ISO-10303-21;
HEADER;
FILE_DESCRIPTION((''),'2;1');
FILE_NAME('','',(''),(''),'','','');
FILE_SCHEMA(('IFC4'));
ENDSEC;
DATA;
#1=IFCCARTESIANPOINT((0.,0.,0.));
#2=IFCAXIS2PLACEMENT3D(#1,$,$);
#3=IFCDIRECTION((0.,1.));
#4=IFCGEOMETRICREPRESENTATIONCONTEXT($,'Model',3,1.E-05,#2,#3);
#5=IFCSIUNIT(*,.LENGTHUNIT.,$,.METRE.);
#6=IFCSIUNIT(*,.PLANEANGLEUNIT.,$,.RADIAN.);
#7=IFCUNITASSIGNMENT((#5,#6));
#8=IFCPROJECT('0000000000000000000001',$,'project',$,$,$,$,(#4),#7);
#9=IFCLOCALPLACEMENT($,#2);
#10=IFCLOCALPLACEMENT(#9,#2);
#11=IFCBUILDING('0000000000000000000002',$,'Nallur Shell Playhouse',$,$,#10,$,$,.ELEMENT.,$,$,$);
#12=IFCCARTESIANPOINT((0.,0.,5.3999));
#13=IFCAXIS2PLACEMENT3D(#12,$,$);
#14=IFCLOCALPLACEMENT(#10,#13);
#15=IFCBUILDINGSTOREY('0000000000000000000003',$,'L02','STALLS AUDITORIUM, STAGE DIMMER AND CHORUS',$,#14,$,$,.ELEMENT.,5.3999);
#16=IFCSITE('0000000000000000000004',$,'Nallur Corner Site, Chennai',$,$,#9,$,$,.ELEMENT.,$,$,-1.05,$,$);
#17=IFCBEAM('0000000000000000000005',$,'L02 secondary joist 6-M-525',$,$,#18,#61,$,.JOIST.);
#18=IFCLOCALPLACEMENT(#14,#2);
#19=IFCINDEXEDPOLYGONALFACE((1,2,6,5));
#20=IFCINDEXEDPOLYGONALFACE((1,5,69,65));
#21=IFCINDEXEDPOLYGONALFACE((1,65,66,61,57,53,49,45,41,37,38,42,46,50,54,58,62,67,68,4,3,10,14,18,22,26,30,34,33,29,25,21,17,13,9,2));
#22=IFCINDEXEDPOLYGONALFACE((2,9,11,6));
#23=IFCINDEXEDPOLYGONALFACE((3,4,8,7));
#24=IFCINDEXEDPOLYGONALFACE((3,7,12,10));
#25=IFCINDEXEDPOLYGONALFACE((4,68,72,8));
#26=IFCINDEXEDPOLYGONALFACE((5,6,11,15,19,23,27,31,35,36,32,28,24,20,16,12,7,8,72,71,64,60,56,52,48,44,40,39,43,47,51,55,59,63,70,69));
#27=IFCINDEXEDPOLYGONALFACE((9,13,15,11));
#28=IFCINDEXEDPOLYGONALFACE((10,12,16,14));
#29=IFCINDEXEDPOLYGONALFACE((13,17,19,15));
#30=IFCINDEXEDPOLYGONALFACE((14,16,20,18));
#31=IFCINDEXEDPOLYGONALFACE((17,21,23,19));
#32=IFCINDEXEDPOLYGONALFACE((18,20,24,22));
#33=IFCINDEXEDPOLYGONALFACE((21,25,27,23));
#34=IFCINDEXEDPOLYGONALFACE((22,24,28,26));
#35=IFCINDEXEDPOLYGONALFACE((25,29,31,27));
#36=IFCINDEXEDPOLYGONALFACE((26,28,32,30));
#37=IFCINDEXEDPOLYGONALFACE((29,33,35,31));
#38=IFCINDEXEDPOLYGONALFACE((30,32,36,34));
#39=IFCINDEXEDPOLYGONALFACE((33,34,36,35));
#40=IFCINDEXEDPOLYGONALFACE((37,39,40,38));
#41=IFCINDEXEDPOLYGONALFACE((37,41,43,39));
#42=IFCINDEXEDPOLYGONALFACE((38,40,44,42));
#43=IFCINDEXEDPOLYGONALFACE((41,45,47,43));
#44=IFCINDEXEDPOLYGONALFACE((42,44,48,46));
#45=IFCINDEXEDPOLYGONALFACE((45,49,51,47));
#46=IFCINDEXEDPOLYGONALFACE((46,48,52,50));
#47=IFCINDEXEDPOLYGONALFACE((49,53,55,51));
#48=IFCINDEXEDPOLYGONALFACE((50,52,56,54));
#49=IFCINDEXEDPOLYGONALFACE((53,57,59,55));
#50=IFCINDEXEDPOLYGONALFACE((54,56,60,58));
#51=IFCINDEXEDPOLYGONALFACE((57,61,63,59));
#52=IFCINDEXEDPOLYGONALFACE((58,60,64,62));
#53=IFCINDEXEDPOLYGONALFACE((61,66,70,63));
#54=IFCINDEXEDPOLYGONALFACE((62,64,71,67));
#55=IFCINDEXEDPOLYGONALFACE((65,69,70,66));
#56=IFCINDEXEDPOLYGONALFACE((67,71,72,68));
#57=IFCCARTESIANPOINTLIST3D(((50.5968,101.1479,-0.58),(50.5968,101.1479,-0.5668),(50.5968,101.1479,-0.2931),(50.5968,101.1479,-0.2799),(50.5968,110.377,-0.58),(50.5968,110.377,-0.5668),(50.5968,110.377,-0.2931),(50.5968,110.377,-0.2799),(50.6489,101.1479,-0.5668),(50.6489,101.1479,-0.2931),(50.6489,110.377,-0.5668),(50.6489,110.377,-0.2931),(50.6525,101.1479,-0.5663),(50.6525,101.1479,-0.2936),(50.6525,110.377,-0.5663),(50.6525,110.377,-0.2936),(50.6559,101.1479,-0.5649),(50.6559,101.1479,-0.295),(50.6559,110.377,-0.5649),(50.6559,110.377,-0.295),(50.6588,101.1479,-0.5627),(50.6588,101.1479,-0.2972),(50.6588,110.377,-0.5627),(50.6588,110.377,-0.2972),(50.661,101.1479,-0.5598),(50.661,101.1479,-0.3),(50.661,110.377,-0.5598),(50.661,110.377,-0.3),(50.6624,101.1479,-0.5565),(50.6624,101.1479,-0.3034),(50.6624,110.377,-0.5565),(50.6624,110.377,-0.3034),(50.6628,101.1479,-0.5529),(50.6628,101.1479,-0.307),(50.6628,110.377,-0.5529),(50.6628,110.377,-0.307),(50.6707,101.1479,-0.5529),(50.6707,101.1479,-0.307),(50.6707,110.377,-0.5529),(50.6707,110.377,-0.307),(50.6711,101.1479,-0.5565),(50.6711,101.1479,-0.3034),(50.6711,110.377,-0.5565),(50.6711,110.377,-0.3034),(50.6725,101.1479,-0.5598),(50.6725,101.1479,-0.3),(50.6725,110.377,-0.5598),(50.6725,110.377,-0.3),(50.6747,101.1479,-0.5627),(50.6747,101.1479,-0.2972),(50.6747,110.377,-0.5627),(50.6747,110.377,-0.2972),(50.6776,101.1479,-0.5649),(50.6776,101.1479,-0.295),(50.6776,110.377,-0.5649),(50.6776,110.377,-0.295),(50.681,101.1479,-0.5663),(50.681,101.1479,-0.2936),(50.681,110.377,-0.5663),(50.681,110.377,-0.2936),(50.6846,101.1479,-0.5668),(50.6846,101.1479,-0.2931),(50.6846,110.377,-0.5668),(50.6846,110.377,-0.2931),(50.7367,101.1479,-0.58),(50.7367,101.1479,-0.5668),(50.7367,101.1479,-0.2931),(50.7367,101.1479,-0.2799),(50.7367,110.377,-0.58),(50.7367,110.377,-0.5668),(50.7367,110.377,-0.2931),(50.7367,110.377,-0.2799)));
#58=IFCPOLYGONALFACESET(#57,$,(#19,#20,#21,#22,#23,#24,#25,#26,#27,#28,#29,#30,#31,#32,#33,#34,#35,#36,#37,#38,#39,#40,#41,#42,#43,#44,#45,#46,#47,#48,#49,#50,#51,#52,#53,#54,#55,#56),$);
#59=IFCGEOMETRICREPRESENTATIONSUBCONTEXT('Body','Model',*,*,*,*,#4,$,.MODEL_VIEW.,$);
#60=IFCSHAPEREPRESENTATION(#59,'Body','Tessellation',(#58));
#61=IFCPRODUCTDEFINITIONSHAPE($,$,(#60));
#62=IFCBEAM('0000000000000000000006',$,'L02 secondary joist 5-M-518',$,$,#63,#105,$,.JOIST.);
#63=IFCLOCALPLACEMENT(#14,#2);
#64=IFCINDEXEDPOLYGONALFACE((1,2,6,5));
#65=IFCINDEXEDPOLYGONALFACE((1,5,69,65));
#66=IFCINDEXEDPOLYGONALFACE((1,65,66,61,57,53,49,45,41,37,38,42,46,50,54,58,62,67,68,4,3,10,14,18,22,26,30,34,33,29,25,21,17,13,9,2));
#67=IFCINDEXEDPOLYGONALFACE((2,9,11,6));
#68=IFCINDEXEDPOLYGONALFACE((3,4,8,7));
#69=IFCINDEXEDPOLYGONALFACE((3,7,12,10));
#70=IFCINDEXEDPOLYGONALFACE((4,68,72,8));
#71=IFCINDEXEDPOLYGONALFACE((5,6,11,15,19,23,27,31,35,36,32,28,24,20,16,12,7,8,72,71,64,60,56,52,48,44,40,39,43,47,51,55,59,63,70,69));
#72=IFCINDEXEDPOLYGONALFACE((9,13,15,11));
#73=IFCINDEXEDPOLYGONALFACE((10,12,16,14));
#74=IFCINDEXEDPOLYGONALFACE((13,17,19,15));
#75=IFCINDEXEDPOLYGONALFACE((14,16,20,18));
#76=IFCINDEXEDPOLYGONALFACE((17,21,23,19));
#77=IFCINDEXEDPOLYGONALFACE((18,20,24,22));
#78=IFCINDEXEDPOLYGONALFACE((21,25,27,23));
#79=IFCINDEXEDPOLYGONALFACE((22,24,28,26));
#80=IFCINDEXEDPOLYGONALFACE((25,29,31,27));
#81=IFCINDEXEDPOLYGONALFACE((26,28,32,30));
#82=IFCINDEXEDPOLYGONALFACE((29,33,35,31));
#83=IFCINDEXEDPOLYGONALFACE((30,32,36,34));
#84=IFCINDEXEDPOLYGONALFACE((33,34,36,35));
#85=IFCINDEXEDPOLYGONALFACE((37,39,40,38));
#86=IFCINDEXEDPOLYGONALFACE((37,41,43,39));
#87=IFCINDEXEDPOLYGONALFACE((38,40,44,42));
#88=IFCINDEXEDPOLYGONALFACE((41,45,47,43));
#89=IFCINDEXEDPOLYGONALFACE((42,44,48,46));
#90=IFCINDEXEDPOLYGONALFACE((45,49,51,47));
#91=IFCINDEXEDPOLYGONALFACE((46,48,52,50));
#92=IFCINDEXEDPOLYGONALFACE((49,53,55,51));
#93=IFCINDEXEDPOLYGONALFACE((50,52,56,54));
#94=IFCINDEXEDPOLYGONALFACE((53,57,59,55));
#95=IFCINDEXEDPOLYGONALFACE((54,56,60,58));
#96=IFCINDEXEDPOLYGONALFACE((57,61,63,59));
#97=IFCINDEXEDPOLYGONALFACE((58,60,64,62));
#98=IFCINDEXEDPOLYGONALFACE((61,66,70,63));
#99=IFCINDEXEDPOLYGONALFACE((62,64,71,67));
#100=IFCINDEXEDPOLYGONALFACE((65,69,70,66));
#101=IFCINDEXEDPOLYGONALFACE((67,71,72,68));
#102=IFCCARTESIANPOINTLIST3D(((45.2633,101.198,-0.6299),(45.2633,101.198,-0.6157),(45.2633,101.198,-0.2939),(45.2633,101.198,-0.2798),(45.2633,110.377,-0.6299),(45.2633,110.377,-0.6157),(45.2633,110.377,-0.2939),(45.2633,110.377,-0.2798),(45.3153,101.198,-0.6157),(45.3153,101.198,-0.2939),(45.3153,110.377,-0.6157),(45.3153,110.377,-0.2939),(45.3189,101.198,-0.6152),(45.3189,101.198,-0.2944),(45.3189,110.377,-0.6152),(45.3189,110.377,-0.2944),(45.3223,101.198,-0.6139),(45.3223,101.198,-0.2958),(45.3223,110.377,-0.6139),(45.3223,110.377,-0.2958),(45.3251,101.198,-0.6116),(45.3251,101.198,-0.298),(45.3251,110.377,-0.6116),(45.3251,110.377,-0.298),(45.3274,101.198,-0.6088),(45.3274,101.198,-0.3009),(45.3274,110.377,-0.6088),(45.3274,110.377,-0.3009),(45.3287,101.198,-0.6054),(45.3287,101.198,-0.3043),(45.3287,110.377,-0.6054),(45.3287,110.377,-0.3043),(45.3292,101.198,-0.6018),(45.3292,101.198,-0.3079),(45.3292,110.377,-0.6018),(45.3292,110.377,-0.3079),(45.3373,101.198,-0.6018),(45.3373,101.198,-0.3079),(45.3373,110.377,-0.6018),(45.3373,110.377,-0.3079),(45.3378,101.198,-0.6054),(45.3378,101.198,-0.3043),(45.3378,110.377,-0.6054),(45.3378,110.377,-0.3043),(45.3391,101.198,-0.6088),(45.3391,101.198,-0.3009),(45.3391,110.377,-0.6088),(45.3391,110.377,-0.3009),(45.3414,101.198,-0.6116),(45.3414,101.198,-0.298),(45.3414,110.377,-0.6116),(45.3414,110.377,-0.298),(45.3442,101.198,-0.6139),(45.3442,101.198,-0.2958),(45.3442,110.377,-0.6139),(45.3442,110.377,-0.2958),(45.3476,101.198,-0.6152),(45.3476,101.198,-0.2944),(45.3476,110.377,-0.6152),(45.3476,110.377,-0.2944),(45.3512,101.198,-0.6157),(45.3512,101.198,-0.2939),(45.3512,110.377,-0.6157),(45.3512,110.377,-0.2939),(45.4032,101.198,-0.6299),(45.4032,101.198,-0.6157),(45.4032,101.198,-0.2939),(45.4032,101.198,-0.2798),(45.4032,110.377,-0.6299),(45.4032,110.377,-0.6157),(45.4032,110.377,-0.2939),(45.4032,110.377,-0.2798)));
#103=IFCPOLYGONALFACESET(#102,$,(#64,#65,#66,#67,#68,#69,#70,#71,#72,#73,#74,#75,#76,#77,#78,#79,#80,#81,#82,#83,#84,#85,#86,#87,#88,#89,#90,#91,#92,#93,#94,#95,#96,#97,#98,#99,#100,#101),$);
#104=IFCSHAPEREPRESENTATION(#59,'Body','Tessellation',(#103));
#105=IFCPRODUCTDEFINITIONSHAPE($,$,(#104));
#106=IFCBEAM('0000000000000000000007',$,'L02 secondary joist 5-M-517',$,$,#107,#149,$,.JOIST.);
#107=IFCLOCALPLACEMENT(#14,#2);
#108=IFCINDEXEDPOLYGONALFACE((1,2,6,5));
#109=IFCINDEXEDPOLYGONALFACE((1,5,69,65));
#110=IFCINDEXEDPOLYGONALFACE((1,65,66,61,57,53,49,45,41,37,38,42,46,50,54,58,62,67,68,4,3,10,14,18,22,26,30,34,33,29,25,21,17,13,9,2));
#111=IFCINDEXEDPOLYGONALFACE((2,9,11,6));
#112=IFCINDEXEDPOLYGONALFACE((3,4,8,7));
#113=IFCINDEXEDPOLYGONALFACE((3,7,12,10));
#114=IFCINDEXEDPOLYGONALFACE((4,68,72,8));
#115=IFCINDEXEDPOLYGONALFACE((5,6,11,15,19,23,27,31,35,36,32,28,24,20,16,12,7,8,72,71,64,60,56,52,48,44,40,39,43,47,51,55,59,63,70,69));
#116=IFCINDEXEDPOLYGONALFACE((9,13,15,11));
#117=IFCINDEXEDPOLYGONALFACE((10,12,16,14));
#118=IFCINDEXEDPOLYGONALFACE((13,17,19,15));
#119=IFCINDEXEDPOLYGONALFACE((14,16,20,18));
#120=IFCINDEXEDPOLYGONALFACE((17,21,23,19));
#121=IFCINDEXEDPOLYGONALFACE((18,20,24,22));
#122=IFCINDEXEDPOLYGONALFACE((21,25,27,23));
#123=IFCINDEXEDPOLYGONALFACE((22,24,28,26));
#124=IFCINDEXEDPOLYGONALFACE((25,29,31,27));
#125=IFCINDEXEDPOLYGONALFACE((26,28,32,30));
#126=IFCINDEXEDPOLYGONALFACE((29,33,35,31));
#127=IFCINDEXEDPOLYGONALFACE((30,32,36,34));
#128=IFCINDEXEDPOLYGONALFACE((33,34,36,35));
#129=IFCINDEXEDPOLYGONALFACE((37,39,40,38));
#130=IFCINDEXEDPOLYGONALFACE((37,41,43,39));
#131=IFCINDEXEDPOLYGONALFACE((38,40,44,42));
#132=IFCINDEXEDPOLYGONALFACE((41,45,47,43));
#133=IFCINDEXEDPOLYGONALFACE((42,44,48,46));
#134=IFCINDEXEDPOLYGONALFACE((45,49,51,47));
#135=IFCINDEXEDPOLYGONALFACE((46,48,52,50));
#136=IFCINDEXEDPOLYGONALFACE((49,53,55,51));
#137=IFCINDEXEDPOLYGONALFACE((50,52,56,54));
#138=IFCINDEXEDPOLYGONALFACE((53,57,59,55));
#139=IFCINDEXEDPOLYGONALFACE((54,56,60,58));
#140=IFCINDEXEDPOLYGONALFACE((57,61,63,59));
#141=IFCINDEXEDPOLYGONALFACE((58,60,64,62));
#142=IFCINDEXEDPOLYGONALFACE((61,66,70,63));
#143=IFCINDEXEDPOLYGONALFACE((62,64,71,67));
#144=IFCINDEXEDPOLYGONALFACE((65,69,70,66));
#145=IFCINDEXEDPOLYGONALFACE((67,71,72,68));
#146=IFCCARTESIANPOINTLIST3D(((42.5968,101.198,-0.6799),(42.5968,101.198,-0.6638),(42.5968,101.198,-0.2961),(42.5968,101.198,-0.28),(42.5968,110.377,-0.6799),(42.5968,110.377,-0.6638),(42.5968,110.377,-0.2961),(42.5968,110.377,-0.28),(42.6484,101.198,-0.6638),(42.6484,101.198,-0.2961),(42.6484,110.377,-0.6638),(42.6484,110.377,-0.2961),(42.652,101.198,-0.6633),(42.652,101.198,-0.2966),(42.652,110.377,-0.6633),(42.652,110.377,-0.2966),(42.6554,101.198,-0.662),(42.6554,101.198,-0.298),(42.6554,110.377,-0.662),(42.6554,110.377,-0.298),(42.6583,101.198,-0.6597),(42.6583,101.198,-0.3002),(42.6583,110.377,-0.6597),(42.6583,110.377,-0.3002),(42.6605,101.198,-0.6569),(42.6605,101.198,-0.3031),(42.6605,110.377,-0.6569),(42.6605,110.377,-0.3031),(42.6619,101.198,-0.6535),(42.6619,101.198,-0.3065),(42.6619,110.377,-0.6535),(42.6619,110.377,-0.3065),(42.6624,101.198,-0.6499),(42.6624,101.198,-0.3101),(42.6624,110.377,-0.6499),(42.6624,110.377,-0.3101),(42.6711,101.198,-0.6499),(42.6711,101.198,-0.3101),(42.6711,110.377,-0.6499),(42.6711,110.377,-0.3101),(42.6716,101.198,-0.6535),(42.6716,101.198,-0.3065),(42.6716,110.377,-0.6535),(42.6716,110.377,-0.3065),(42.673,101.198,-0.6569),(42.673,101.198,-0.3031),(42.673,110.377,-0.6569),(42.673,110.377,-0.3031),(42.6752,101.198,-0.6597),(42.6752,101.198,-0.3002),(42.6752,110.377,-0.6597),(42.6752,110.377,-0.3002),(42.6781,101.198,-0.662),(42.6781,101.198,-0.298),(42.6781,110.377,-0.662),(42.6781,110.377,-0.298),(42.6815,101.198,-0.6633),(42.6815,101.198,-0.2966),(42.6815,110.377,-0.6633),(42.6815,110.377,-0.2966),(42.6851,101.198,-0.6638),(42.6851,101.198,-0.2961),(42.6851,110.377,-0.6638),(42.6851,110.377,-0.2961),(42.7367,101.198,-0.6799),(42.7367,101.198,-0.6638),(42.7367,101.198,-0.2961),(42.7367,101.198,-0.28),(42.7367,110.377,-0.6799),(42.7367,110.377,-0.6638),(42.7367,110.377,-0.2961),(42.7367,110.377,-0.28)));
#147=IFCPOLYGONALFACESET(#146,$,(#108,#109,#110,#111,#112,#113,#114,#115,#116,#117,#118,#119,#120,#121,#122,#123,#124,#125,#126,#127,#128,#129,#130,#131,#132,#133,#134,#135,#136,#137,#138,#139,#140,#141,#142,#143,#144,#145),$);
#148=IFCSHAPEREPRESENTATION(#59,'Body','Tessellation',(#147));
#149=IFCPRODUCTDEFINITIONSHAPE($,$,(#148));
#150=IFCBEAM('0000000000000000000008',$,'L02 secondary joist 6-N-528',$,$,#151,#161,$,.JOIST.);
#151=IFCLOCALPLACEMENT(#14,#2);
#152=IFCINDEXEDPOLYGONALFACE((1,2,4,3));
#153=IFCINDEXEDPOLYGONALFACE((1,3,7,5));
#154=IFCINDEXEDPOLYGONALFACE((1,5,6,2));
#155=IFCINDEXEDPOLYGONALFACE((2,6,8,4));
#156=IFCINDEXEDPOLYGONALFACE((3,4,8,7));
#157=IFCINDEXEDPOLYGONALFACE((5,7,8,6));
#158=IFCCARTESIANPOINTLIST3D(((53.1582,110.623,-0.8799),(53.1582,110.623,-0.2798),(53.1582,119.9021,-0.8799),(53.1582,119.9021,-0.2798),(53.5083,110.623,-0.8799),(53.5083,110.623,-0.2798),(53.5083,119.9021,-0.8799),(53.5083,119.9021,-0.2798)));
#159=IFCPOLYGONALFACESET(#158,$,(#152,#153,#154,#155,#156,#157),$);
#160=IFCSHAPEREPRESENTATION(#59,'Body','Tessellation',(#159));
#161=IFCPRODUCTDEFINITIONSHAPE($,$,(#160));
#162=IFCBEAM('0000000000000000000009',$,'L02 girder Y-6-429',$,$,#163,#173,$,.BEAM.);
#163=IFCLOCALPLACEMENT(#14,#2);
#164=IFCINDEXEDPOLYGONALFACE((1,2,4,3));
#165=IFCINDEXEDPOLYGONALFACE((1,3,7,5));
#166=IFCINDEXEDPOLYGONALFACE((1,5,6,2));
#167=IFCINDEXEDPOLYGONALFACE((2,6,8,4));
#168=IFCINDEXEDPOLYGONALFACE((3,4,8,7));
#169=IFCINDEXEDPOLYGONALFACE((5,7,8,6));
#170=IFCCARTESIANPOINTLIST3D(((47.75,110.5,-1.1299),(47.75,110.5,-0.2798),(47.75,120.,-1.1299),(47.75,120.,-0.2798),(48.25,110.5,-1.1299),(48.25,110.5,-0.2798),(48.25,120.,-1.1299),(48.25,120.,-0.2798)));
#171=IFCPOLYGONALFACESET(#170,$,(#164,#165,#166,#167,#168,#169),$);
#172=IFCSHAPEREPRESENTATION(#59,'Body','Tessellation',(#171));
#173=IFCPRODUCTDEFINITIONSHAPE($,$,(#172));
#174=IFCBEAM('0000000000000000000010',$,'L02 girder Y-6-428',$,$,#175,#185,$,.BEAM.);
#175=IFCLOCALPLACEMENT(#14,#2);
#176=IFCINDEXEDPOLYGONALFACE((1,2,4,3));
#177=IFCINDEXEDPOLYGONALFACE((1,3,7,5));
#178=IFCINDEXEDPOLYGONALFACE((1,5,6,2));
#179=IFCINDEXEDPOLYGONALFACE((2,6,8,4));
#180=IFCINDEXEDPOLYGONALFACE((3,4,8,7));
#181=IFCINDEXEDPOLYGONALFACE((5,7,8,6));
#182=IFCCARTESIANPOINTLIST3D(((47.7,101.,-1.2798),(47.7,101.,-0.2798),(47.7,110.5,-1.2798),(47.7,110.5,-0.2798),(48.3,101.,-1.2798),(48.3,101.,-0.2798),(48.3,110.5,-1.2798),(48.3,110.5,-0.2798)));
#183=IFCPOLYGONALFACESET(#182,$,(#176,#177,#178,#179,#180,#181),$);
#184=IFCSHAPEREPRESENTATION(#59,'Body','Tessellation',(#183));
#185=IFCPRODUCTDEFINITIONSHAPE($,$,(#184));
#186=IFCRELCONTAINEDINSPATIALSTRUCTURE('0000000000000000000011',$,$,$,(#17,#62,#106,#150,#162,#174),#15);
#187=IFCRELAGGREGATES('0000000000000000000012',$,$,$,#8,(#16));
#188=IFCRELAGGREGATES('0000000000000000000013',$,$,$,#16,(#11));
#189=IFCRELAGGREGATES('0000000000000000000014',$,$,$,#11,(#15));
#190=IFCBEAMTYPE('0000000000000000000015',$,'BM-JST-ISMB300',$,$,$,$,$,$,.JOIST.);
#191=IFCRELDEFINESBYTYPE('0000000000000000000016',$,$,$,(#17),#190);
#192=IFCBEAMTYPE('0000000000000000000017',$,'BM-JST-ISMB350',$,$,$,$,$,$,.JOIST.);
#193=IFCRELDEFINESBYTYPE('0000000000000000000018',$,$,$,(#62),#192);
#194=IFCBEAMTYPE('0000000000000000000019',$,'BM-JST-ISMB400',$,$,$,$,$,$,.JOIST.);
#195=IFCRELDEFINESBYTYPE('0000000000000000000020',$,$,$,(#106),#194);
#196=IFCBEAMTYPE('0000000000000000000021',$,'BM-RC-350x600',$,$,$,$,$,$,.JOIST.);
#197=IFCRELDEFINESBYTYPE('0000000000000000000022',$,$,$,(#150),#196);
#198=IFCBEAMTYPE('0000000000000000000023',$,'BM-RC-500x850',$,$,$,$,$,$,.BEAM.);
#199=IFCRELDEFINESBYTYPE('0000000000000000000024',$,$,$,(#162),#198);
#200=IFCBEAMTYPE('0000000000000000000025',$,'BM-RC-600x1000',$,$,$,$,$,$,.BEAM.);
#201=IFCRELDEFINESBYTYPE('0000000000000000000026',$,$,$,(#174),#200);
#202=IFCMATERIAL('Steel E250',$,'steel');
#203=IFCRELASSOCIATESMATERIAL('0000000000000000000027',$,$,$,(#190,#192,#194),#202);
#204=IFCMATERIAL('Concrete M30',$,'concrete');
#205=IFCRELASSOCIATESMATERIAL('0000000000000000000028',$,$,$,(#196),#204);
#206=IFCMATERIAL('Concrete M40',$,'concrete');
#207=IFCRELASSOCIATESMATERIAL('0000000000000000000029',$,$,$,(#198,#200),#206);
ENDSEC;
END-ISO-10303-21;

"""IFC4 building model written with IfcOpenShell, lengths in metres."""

from ifc_helpers import new_model, si_unit, direction, frame, origin, origin_2d, place, context, subcontext, project, spatial, rectangle, i_section, extrude, material, material_profile, profile_set, type_object, element, save


model = new_model("IFC4")

# Units and contexts
model_context = context("Model", 3, precision=1e-05, world=origin(), true_north=direction((0.0, 1.0)))
body_context = subcontext(model_context, "Body", "Model", "MODEL_VIEW")
ifc_project = project(units=[si_unit("LENGTHUNIT", "METRE"), si_unit("PLANEANGLEUNIT", "RADIAN")], contexts=[model_context])

# Site, building, storey
site_placement = place(None, origin())
site = spatial("IfcSite", under=ifc_project, at=site_placement, Name="Nallur Corner Site, Chennai", CompositionType="ELEMENT", RefElevation=-1.05)
building_placement = place(site_placement, origin())
building = spatial("IfcBuilding", under=site, at=building_placement, Name="Nallur Shell Playhouse", CompositionType="ELEMENT")
storey_placement = place(building_placement, frame((0.0, 0.0, 5.3999)))
storey = spatial("IfcBuildingStorey", under=building, at=storey_placement, Name="L02", Description="STALLS AUDITORIUM, STAGE DIMMER AND CHORUS", CompositionType="ELEMENT", Elevation=5.3999)

# Beams
ifc_material_1 = material(Name="Steel E250", Category="steel")
ifc_material_profile_1 = material_profile(ifc_material_1, i_section(OverallWidth=0.1399, OverallDepth=0.3, WebThickness=0.0078, FlangeThickness=0.0132, FilletRadius=0.0139, at=origin_2d()), Name="ISMB 300")
ifc_profile_set_1 = profile_set([ifc_material_profile_1], Name="Steel E250")
beam_type_1 = type_object("IfcBeamType", Name="BM-JST-ISMB300", PredefinedType="JOIST", material=ifc_profile_set_1)
beam_1_placement = place(storey_placement, frame((50.6667, 101.1479, -0.4299), z_axis=(0.0, 1.0, 0.0), x_axis=(-1.0, 0.0, 0.0)))
element("IfcBeam", 1, at=beam_1_placement, inside=storey, type_object=beam_type_1, Name="L02 secondary joist 6-M-525", PredefinedType="JOIST", context=body_context, shape_type="SweptSolid", body=[
    extrude(i_section(OverallWidth=0.1399, OverallDepth=0.3, WebThickness=0.0078, FlangeThickness=0.0132, FilletRadius=0.0139, at=origin_2d()), origin(), (0.0, 0.0, 1.0), 9.229),
])
ifc_material_profile_2 = material_profile(ifc_material_1, i_section(OverallWidth=0.1399, OverallDepth=0.3501, WebThickness=0.0081, FlangeThickness=0.0142, FilletRadius=0.0139, at=origin_2d()), Name="ISMB 350")
ifc_profile_set_2 = profile_set([ifc_material_profile_2], Name="Steel E250")
beam_type_2 = type_object("IfcBeamType", Name="BM-JST-ISMB350", PredefinedType="JOIST", material=ifc_profile_set_2)
beam_2_placement = place(storey_placement, frame((45.3333, 101.198, -0.4548), z_axis=(0.0, 1.0, 0.0), x_axis=(-1.0, 0.0, 0.0)))
element("IfcBeam", 2, at=beam_2_placement, inside=storey, type_object=beam_type_2, Name="L02 secondary joist 5-M-518", PredefinedType="JOIST", context=body_context, shape_type="SweptSolid", body=[
    extrude(i_section(OverallWidth=0.1399, OverallDepth=0.3501, WebThickness=0.0081, FlangeThickness=0.0142, FilletRadius=0.0139, at=origin_2d()), origin(), (0.0, 0.0, 1.0), 9.179),
])
ifc_material_profile_3 = material_profile(ifc_material_1, i_section(OverallWidth=0.1399, OverallDepth=0.3999, WebThickness=0.0088, FlangeThickness=0.0161, FilletRadius=0.0139, at=origin_2d()), Name="ISMB 400")
ifc_profile_set_3 = profile_set([ifc_material_profile_3], Name="Steel E250")
beam_type_3 = type_object("IfcBeamType", Name="BM-JST-ISMB400", PredefinedType="JOIST", material=ifc_profile_set_3)
beam_3_placement = place(storey_placement, frame((42.6667, 101.198, -0.48), z_axis=(0.0, 1.0, 0.0), x_axis=(-1.0, 0.0, 0.0)))
element("IfcBeam", 3, at=beam_3_placement, inside=storey, type_object=beam_type_3, Name="L02 secondary joist 5-M-517", PredefinedType="JOIST", context=body_context, shape_type="SweptSolid", body=[
    extrude(i_section(OverallWidth=0.1399, OverallDepth=0.3999, WebThickness=0.0088, FlangeThickness=0.0161, FilletRadius=0.0139, at=origin_2d()), origin(), (0.0, 0.0, 1.0), 9.179),
])
ifc_material_2 = material(Name="Concrete M30", Category="concrete")
ifc_material_profile_4 = material_profile(ifc_material_2, rectangle(XDim=0.3501, YDim=0.6001, at=origin_2d()), Name="RC 350x600")
ifc_profile_set_4 = profile_set([ifc_material_profile_4], Name="Concrete M30")
beam_type_4 = type_object("IfcBeamType", Name="BM-RC-350x600", PredefinedType="JOIST", material=ifc_profile_set_4)
beam_4_placement = place(storey_placement, frame((53.3333, 110.623, -0.5798), z_axis=(0.0, 1.0, 0.0), x_axis=(-1.0, 0.0, 0.0)))
element("IfcBeam", 4, at=beam_4_placement, inside=storey, type_object=beam_type_4, Name="L02 secondary joist 6-N-528", PredefinedType="JOIST", context=body_context, shape_type="SweptSolid", body=[
    extrude(rectangle(XDim=0.3501, YDim=0.6001, at=origin_2d()), origin(), (0.0, 0.0, 1.0), 9.2791),
])
ifc_material_3 = material(Name="Concrete M40", Category="concrete")
ifc_material_profile_5 = material_profile(ifc_material_3, rectangle(XDim=0.5, YDim=0.8501, at=origin_2d()), Name="RC 500x850")
ifc_profile_set_5 = profile_set([ifc_material_profile_5], Name="Concrete M40")
beam_type_5 = type_object("IfcBeamType", Name="BM-RC-500x850", PredefinedType="BEAM", material=ifc_profile_set_5)
beam_5_placement = place(storey_placement, frame((48.0, 110.5, -0.7048), z_axis=(0.0, 1.0, 0.0), x_axis=(-1.0, 0.0, 0.0)))
element("IfcBeam", 5, at=beam_5_placement, inside=storey, type_object=beam_type_5, Name="L02 girder Y-6-429", PredefinedType="BEAM", context=body_context, shape_type="SweptSolid", body=[
    extrude(rectangle(XDim=0.5, YDim=0.8501, at=origin_2d()), origin(), (0.0, 0.0, 1.0), 9.5),
])
ifc_material_profile_6 = material_profile(ifc_material_3, rectangle(XDim=0.6001, YDim=1.0, at=origin_2d()), Name="RC 600x1000")
ifc_profile_set_6 = profile_set([ifc_material_profile_6], Name="Concrete M40")
beam_type_6 = type_object("IfcBeamType", Name="BM-RC-600x1000", PredefinedType="BEAM", material=ifc_profile_set_6)
beam_6_placement = place(storey_placement, frame((48.0, 101.0, -0.7798), z_axis=(0.0, 1.0, 0.0), x_axis=(-1.0, 0.0, 0.0)))
element("IfcBeam", 6, at=beam_6_placement, inside=storey, type_object=beam_type_6, Name="L02 girder Y-6-428", PredefinedType="BEAM", context=body_context, shape_type="SweptSolid", body=[
    extrude(rectangle(XDim=0.6001, YDim=1.0, at=origin_2d()), origin(), (0.0, 0.0, 1.0), 9.5),
])

save(model, "model.ifc")
